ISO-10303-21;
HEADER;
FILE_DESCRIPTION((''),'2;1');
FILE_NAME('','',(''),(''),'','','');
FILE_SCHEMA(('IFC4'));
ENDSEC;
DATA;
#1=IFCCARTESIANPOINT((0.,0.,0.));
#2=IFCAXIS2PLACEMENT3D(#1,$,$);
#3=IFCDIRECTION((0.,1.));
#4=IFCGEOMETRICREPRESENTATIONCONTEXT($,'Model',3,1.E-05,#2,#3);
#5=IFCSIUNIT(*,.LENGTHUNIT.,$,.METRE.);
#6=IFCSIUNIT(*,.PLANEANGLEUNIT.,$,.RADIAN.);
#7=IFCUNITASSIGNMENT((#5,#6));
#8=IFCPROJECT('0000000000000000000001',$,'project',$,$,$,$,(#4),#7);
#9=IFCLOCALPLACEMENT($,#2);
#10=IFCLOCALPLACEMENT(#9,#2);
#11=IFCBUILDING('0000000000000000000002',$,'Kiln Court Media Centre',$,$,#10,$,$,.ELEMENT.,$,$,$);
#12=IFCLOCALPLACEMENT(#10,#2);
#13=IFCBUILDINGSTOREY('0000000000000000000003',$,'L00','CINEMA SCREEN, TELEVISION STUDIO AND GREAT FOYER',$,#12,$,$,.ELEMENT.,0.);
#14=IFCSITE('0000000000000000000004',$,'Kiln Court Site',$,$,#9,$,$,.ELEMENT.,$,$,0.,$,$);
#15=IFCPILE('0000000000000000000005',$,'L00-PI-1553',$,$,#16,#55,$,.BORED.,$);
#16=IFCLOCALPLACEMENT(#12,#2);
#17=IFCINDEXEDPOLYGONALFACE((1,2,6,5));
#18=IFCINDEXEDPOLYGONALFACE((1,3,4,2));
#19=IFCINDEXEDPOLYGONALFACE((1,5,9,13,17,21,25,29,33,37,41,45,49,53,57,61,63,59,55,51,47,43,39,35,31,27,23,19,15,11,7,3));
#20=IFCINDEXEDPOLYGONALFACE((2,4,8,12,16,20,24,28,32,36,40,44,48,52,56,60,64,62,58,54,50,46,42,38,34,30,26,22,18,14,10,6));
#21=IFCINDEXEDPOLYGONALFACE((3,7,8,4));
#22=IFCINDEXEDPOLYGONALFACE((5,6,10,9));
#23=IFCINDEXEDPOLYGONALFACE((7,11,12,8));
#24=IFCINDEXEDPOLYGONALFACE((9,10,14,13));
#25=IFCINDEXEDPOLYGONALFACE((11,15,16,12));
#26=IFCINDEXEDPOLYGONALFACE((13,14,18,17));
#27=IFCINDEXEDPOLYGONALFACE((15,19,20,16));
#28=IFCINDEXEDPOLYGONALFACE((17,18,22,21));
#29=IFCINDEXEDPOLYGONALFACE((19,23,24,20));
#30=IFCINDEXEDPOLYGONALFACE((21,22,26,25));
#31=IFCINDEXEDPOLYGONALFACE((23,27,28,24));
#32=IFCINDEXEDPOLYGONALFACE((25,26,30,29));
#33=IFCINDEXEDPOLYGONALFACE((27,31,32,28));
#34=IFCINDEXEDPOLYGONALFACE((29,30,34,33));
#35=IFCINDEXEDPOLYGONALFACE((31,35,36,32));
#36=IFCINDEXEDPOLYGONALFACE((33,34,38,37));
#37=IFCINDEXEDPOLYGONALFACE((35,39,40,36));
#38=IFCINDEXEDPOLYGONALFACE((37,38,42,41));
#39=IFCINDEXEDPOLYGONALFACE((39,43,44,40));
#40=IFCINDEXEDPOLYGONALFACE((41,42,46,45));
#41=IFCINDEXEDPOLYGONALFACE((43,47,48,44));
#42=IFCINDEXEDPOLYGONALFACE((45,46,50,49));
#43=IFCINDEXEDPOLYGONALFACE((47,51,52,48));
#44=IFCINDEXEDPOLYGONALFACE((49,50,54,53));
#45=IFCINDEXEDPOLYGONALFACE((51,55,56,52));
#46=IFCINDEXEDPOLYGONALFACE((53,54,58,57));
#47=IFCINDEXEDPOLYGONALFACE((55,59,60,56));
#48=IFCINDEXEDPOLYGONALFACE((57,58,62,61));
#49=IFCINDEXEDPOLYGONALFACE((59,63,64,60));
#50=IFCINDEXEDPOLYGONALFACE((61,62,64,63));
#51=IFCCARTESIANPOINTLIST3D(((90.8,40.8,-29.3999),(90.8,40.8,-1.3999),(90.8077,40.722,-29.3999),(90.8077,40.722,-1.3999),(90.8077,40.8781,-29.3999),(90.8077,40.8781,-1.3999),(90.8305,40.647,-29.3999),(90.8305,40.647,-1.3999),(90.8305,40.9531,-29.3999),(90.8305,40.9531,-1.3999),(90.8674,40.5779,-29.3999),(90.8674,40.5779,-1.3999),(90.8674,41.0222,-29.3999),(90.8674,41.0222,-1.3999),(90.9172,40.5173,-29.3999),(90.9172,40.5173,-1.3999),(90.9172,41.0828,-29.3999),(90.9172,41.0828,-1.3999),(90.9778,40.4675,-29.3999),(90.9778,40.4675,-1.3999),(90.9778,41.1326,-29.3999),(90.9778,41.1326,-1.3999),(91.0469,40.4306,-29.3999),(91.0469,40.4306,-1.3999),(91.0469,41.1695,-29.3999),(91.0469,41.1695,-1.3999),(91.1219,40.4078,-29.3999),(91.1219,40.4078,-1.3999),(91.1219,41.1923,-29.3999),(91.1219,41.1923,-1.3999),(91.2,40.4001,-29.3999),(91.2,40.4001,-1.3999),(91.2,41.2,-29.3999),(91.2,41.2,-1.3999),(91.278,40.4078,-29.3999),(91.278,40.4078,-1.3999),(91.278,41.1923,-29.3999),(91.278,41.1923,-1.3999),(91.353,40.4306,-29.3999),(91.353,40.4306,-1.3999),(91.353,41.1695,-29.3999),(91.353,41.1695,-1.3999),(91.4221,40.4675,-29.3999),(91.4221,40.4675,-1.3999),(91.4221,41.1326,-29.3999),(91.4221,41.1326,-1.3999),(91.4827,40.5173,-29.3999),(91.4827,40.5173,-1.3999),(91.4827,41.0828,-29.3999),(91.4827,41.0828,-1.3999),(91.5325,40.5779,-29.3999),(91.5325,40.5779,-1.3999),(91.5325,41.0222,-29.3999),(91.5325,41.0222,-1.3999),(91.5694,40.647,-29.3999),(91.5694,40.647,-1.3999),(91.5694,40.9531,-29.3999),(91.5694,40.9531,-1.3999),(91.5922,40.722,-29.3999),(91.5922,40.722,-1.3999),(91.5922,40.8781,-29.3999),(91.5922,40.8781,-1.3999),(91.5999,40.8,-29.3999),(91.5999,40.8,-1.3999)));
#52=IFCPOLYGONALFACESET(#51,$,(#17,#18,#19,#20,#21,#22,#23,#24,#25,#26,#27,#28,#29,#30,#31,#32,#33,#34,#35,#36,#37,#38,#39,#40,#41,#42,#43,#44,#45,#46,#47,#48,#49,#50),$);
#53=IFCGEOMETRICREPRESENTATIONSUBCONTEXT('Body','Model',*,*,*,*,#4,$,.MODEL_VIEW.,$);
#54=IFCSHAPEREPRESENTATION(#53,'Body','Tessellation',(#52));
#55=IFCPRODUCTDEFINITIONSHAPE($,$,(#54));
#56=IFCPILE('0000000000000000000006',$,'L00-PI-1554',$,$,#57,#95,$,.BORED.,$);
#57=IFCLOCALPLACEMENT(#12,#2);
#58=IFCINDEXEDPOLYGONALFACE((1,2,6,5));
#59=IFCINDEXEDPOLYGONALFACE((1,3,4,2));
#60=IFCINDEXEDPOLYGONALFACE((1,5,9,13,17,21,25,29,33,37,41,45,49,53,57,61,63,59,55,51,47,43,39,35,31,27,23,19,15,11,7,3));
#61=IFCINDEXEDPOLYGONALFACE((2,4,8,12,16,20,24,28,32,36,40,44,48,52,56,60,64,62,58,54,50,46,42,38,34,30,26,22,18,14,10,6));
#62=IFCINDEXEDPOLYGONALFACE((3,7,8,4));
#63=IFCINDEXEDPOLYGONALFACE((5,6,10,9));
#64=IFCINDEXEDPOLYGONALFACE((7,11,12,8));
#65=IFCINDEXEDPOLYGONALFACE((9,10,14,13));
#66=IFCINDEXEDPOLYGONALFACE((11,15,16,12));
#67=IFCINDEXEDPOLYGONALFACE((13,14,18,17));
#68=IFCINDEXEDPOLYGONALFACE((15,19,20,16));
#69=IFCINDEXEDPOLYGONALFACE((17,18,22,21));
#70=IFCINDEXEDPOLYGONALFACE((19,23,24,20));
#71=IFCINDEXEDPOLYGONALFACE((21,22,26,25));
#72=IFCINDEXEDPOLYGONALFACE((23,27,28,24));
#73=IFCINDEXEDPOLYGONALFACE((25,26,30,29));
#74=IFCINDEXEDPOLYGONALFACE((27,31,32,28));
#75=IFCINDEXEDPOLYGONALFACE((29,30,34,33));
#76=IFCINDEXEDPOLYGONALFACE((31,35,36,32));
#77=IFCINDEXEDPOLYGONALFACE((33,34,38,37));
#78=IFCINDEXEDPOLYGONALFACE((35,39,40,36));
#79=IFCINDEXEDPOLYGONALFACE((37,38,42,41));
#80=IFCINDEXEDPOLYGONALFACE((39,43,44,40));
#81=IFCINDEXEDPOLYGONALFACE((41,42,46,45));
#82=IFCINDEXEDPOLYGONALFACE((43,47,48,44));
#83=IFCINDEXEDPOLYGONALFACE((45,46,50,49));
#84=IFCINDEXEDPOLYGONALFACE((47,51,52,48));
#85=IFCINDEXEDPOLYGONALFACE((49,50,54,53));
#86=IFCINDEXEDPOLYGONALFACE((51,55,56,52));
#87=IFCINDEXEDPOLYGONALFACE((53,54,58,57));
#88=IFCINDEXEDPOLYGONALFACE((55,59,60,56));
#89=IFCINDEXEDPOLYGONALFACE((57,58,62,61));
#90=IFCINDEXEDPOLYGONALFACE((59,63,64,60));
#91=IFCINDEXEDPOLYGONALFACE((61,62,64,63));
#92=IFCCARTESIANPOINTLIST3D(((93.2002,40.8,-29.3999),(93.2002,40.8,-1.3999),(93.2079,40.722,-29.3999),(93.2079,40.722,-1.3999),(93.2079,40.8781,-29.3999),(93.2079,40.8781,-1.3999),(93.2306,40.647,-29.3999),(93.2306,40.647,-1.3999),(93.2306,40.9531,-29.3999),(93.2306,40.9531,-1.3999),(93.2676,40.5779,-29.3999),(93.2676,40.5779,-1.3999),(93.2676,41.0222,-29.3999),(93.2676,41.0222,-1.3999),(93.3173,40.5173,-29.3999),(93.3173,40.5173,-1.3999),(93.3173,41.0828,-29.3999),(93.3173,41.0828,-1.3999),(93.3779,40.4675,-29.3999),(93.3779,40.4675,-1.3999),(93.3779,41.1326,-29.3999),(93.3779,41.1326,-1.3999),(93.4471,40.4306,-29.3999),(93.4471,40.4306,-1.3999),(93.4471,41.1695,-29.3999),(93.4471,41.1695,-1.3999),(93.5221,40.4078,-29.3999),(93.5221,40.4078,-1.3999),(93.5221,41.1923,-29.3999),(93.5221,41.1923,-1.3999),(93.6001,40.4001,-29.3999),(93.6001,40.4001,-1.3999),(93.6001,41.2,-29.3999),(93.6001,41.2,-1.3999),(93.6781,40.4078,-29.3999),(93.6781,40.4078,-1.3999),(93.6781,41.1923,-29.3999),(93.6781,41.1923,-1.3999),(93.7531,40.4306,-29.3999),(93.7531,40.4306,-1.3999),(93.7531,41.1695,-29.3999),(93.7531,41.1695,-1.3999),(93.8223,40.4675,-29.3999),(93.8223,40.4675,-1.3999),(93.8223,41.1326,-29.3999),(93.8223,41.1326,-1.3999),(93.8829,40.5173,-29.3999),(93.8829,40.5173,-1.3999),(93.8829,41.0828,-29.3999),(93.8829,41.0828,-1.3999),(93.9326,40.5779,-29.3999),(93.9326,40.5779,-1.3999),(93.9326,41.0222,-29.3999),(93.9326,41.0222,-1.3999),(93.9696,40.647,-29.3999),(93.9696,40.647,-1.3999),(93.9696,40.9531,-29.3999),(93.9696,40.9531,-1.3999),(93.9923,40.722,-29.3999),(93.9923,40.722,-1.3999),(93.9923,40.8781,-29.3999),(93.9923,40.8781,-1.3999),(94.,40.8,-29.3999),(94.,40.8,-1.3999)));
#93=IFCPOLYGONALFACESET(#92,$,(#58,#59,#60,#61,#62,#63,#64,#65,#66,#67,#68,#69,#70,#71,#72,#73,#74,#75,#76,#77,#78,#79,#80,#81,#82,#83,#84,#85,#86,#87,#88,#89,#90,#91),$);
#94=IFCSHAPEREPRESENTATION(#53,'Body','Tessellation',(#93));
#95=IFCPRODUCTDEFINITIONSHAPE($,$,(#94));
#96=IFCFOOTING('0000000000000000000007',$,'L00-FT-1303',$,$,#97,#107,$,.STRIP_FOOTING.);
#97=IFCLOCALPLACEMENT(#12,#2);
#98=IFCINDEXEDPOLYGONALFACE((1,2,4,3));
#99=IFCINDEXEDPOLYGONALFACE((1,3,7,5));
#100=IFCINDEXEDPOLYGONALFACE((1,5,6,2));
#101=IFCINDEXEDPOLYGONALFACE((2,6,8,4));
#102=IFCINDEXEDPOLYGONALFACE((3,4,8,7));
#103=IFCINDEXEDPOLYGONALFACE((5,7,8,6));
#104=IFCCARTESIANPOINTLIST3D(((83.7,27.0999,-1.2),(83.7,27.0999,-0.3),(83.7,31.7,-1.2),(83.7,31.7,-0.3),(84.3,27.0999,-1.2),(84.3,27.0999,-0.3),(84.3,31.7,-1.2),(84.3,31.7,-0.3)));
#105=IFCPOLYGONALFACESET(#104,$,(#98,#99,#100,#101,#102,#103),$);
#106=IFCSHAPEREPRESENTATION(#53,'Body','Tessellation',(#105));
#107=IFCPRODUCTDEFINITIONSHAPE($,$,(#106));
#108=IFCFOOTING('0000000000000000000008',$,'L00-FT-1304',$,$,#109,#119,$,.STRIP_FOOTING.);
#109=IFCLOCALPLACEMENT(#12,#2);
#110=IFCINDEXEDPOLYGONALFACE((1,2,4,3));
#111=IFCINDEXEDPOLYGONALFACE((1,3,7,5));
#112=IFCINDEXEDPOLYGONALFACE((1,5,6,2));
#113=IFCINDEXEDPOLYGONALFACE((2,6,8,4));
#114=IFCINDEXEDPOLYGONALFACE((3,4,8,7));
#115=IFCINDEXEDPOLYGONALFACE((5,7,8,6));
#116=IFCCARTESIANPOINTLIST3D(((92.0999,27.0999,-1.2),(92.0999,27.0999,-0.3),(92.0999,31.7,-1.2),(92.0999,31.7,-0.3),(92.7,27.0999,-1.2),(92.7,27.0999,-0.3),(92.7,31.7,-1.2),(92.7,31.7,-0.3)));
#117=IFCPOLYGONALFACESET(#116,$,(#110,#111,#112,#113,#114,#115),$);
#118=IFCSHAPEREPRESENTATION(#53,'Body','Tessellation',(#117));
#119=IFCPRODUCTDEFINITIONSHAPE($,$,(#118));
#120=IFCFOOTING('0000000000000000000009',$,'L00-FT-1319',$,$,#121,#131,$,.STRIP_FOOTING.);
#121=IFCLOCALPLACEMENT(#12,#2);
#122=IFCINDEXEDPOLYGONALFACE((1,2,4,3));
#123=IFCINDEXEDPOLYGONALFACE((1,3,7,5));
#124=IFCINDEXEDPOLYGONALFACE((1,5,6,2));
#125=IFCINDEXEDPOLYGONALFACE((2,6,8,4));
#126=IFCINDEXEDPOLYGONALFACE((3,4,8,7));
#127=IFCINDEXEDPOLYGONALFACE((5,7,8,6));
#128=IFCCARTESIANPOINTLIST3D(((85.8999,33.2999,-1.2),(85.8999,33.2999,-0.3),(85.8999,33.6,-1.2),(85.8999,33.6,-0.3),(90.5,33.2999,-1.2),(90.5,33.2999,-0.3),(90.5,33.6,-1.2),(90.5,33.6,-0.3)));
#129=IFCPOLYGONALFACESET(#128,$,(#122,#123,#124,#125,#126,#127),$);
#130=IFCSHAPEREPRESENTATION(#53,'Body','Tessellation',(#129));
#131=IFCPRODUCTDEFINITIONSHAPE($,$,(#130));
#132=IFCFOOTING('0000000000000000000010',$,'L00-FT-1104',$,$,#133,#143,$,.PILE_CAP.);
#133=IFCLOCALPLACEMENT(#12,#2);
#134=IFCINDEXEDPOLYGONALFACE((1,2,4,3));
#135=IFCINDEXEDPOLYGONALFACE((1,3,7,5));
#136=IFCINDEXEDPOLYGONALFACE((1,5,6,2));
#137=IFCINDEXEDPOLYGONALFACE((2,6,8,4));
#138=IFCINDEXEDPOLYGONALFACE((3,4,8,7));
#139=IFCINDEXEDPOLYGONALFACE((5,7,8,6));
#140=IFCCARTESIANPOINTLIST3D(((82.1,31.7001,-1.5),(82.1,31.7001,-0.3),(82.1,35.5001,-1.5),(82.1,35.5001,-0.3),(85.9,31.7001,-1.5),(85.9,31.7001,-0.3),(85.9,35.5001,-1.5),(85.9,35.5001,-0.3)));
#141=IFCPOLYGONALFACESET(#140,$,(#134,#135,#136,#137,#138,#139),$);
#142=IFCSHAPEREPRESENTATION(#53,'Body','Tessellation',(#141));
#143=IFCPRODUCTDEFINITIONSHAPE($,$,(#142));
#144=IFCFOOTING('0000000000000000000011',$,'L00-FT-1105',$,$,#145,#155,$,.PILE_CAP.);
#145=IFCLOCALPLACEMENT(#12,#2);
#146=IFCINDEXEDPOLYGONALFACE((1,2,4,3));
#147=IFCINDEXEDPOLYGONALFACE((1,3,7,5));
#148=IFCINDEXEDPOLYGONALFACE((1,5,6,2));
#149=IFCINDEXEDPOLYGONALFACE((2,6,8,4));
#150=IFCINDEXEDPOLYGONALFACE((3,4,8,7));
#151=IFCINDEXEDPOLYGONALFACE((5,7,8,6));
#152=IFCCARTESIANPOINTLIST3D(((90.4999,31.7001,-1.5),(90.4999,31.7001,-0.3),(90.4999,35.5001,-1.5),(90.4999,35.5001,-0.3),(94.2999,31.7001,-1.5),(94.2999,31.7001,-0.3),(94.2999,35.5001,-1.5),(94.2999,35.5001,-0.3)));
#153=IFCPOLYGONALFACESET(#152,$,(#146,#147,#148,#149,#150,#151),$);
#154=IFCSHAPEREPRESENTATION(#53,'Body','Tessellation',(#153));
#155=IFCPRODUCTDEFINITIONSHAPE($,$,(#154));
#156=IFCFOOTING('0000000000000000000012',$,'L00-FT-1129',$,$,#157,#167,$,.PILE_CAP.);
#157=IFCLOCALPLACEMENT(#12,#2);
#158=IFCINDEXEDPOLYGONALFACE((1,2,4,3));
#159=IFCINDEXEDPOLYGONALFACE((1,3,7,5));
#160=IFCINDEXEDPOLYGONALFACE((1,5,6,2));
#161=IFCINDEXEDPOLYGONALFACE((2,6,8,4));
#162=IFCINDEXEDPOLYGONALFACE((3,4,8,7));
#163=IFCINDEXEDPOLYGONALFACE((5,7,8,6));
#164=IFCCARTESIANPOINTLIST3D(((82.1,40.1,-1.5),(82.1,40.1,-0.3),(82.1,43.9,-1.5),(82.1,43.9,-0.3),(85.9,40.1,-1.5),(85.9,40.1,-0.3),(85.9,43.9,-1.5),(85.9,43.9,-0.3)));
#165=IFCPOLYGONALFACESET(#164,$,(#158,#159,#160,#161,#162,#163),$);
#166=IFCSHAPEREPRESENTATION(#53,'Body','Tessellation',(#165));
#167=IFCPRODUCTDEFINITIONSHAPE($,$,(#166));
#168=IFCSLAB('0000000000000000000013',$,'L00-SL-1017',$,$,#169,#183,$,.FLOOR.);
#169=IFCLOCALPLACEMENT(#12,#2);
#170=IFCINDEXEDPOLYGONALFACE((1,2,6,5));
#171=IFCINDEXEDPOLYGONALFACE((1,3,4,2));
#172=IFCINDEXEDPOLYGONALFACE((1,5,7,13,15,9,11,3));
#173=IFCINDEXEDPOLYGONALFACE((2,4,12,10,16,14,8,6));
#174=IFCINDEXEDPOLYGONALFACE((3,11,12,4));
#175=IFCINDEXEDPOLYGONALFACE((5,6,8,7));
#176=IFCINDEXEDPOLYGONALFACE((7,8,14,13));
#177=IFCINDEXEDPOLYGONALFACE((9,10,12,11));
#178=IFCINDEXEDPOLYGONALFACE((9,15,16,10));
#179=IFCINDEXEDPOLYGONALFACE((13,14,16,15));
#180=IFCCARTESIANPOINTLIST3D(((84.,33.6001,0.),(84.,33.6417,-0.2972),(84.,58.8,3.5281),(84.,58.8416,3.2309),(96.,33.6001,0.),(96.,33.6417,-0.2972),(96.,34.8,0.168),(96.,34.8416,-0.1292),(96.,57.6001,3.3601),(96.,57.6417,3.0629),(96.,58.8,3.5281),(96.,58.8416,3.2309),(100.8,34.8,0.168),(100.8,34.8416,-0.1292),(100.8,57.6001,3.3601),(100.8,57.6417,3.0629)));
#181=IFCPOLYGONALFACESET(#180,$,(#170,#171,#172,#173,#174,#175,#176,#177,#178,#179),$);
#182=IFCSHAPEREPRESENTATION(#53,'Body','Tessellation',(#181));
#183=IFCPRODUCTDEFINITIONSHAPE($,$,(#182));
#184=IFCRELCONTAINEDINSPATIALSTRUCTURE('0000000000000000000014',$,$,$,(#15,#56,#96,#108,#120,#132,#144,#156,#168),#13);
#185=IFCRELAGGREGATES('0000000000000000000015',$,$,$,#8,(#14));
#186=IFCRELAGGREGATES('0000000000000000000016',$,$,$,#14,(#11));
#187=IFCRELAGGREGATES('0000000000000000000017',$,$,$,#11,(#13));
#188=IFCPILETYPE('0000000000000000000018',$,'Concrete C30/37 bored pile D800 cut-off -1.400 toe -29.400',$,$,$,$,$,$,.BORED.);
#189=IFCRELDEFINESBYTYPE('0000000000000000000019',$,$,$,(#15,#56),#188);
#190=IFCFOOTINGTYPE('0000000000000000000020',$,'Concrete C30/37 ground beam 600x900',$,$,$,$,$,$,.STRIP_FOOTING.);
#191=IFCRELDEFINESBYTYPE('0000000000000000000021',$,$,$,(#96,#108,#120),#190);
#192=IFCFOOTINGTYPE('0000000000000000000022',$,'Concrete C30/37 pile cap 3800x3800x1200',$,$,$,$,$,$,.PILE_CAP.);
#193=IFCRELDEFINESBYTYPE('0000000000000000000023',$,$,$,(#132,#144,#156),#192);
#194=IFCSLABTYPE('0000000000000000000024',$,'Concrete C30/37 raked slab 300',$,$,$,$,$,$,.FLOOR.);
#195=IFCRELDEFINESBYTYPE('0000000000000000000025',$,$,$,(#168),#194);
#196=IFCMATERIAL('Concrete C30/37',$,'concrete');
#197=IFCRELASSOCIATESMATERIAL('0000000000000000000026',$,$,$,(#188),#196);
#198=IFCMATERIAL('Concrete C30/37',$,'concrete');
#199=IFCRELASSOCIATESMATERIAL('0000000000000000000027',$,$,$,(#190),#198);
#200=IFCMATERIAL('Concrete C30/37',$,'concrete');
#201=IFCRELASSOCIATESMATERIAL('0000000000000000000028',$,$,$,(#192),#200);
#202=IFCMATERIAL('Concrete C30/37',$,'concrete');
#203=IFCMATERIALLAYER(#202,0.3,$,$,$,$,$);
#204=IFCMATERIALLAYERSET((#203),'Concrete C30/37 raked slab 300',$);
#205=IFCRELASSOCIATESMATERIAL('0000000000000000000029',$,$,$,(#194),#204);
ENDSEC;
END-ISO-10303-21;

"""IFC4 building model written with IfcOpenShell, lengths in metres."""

from ifc_helpers import new_model, si_unit, direction, frame, origin, origin_2d, place, context, subcontext, project, spatial, polyline, rectangle, circle, outline, extrude, material, layer, layer_set, material_profile, profile_set, type_object, element, save


model = new_model("IFC4")

# Units and contexts
model_context = context("Model", 3, precision=1e-05, world=origin(), true_north=direction((0.0, 1.0)))
body_context = subcontext(model_context, "Body", "Model", "MODEL_VIEW")
ifc_project = project(units=[si_unit("LENGTHUNIT", "METRE"), si_unit("PLANEANGLEUNIT", "RADIAN")], contexts=[model_context])

# Site, building, storey
site_placement = place(None, origin())
site = spatial("IfcSite", under=ifc_project, at=site_placement, Name="Kiln Court Site", CompositionType="ELEMENT", RefElevation=0.0)
building_placement = place(site_placement, origin())
building = spatial("IfcBuilding", under=site, at=building_placement, Name="Kiln Court Media Centre", CompositionType="ELEMENT")
storey_placement = place(building_placement, origin())
storey = spatial("IfcBuildingStorey", under=building, at=storey_placement, Name="L00", Description="CINEMA SCREEN, TELEVISION STUDIO AND GREAT FOYER", CompositionType="ELEMENT", Elevation=0.0)

# Piles
ifc_material_1 = material(Name="Concrete C30/37", Category="concrete")
ifc_material_profile = material_profile(ifc_material_1, circle(Radius=0.3999, at=origin_2d()), Name="PILE D800")
ifc_profile_set = profile_set([ifc_material_profile], Name="Concrete C30/37")
pile_type = type_object("IfcPileType", Name="Concrete C30/37 bored pile D800 cut-off -1.400 toe -29.400", PredefinedType="BORED", material=ifc_profile_set)
for number, where, z_axis, x_axis, name in (
    (1, (91.2, 40.8, -1.3999), (0.0, 0.0, -1.0), (1.0, 0.0, 0.0), "L00-PI-1553"),
    (2, (93.6001, 40.8, -1.3999), (0.0, 0.0, -1.0), (1.0, 0.0, 0.0), "L00-PI-1554"),
):
    element("IfcPile", number, at=place(storey_placement, frame(where, z_axis=z_axis, x_axis=x_axis)), inside=storey, type_object=pile_type, Name=name, PredefinedType="BORED", context=body_context, shape_type="SweptSolid", body=[
        extrude(circle(Radius=0.3999, at=origin_2d()), origin(), (0.0, 0.0, 1.0), 28.0),
    ])

# Footings
ifc_material_2 = material(Name="Concrete C30/37", Category="concrete")
footing_type_1 = type_object("IfcFootingType", Name="Concrete C30/37 ground beam 600x900", PredefinedType="STRIP_FOOTING", material=ifc_material_2)
for number, where, z_axis, x_axis, name in (
    (3, (84.0, 29.3999, -1.2), (0.0, 0.0, 1.0), (1.0, 0.0, 0.0), "L00-FT-1303"),
    (4, (92.3999, 29.3999, -1.2), (0.0, 0.0, 1.0), (1.0, 0.0, 0.0), "L00-FT-1304"),
):
    element("IfcFooting", number, at=place(storey_placement, frame(where, z_axis=z_axis, x_axis=x_axis)), inside=storey, type_object=footing_type_1, Name=name, PredefinedType="STRIP_FOOTING", context=body_context, shape_type="SweptSolid", body=[
        extrude(rectangle(XDim=0.6001, YDim=4.6001, at=origin_2d()), origin(), (0.0, 0.0, 1.0), 0.8999),
    ])
footing_placement = place(storey_placement, frame((88.2, 33.45, -1.2), z_axis=(0.0, 0.0, 1.0), x_axis=(1.0, 0.0, 0.0)))
element("IfcFooting", 5, at=footing_placement, inside=storey, type_object=footing_type_1, Name="L00-FT-1319", PredefinedType="STRIP_FOOTING", context=body_context, shape_type="SweptSolid", body=[
    extrude(rectangle(XDim=4.6001, YDim=0.3, at=origin_2d()), origin(), (0.0, 0.0, 1.0), 0.8999),
])
ifc_material_3 = material(Name="Concrete C30/37", Category="concrete")
footing_type_2 = type_object("IfcFootingType", Name="Concrete C30/37 pile cap 3800x3800x1200", PredefinedType="PILE_CAP", material=ifc_material_3)
for number, where, z_axis, x_axis, name in (
    (6, (84.0, 33.6001, -1.5), (0.0, 0.0, 1.0), (1.0, 0.0, 0.0), "L00-FT-1104"),
    (7, (92.3999, 33.6001, -1.5), (0.0, 0.0, 1.0), (1.0, 0.0, 0.0), "L00-FT-1105"),
    (8, (84.0, 42.0, -1.5), (0.0, 0.0, 1.0), (1.0, 0.0, 0.0), "L00-FT-1129"),
):
    element("IfcFooting", number, at=place(storey_placement, frame(where, z_axis=z_axis, x_axis=x_axis)), inside=storey, type_object=footing_type_2, Name=name, PredefinedType="PILE_CAP", context=body_context, shape_type="SweptSolid", body=[
        extrude(rectangle(XDim=3.8, YDim=3.8, at=origin_2d()), origin(), (0.0, 0.0, 1.0), 1.2),
    ])

# Slab
ifc_material_4 = material(Name="Concrete C30/37", Category="concrete")
ifc_layer_1 = layer(ifc_material_4, 0.3)
ifc_layer_set_1 = layer_set([ifc_layer_1], Name="Concrete C30/37 raked slab 300")
slab_type = type_object("IfcSlabType", Name="Concrete C30/37 raked slab 300", PredefinedType="FLOOR", material=ifc_layer_set_1)
slab_placement = place(storey_placement, frame((84.0, 33.6001, 0.0), z_axis=(0.0, -0.138652, 0.990341), x_axis=(0.0, 0.990341, 0.138652)))
element("IfcSlab", 9, at=slab_placement, inside=storey, type_object=slab_type, Name="L00-SL-1017", PredefinedType="FLOOR", context=body_context, shape_type="SweptSolid", body=[
    extrude(outline(polyline([(0.0, 0.0), (25.4457, 0.0), (25.4457, -12.0), (24.2341, -12.0), (24.2341, -16.8), (1.2117, -16.8), (1.2117, -12.0), (0.0, -12.0), (0.0, 0.0)])), origin(), (0.0, 0.0, -1.0), 0.3),
])

save(model, "model.ifc")
